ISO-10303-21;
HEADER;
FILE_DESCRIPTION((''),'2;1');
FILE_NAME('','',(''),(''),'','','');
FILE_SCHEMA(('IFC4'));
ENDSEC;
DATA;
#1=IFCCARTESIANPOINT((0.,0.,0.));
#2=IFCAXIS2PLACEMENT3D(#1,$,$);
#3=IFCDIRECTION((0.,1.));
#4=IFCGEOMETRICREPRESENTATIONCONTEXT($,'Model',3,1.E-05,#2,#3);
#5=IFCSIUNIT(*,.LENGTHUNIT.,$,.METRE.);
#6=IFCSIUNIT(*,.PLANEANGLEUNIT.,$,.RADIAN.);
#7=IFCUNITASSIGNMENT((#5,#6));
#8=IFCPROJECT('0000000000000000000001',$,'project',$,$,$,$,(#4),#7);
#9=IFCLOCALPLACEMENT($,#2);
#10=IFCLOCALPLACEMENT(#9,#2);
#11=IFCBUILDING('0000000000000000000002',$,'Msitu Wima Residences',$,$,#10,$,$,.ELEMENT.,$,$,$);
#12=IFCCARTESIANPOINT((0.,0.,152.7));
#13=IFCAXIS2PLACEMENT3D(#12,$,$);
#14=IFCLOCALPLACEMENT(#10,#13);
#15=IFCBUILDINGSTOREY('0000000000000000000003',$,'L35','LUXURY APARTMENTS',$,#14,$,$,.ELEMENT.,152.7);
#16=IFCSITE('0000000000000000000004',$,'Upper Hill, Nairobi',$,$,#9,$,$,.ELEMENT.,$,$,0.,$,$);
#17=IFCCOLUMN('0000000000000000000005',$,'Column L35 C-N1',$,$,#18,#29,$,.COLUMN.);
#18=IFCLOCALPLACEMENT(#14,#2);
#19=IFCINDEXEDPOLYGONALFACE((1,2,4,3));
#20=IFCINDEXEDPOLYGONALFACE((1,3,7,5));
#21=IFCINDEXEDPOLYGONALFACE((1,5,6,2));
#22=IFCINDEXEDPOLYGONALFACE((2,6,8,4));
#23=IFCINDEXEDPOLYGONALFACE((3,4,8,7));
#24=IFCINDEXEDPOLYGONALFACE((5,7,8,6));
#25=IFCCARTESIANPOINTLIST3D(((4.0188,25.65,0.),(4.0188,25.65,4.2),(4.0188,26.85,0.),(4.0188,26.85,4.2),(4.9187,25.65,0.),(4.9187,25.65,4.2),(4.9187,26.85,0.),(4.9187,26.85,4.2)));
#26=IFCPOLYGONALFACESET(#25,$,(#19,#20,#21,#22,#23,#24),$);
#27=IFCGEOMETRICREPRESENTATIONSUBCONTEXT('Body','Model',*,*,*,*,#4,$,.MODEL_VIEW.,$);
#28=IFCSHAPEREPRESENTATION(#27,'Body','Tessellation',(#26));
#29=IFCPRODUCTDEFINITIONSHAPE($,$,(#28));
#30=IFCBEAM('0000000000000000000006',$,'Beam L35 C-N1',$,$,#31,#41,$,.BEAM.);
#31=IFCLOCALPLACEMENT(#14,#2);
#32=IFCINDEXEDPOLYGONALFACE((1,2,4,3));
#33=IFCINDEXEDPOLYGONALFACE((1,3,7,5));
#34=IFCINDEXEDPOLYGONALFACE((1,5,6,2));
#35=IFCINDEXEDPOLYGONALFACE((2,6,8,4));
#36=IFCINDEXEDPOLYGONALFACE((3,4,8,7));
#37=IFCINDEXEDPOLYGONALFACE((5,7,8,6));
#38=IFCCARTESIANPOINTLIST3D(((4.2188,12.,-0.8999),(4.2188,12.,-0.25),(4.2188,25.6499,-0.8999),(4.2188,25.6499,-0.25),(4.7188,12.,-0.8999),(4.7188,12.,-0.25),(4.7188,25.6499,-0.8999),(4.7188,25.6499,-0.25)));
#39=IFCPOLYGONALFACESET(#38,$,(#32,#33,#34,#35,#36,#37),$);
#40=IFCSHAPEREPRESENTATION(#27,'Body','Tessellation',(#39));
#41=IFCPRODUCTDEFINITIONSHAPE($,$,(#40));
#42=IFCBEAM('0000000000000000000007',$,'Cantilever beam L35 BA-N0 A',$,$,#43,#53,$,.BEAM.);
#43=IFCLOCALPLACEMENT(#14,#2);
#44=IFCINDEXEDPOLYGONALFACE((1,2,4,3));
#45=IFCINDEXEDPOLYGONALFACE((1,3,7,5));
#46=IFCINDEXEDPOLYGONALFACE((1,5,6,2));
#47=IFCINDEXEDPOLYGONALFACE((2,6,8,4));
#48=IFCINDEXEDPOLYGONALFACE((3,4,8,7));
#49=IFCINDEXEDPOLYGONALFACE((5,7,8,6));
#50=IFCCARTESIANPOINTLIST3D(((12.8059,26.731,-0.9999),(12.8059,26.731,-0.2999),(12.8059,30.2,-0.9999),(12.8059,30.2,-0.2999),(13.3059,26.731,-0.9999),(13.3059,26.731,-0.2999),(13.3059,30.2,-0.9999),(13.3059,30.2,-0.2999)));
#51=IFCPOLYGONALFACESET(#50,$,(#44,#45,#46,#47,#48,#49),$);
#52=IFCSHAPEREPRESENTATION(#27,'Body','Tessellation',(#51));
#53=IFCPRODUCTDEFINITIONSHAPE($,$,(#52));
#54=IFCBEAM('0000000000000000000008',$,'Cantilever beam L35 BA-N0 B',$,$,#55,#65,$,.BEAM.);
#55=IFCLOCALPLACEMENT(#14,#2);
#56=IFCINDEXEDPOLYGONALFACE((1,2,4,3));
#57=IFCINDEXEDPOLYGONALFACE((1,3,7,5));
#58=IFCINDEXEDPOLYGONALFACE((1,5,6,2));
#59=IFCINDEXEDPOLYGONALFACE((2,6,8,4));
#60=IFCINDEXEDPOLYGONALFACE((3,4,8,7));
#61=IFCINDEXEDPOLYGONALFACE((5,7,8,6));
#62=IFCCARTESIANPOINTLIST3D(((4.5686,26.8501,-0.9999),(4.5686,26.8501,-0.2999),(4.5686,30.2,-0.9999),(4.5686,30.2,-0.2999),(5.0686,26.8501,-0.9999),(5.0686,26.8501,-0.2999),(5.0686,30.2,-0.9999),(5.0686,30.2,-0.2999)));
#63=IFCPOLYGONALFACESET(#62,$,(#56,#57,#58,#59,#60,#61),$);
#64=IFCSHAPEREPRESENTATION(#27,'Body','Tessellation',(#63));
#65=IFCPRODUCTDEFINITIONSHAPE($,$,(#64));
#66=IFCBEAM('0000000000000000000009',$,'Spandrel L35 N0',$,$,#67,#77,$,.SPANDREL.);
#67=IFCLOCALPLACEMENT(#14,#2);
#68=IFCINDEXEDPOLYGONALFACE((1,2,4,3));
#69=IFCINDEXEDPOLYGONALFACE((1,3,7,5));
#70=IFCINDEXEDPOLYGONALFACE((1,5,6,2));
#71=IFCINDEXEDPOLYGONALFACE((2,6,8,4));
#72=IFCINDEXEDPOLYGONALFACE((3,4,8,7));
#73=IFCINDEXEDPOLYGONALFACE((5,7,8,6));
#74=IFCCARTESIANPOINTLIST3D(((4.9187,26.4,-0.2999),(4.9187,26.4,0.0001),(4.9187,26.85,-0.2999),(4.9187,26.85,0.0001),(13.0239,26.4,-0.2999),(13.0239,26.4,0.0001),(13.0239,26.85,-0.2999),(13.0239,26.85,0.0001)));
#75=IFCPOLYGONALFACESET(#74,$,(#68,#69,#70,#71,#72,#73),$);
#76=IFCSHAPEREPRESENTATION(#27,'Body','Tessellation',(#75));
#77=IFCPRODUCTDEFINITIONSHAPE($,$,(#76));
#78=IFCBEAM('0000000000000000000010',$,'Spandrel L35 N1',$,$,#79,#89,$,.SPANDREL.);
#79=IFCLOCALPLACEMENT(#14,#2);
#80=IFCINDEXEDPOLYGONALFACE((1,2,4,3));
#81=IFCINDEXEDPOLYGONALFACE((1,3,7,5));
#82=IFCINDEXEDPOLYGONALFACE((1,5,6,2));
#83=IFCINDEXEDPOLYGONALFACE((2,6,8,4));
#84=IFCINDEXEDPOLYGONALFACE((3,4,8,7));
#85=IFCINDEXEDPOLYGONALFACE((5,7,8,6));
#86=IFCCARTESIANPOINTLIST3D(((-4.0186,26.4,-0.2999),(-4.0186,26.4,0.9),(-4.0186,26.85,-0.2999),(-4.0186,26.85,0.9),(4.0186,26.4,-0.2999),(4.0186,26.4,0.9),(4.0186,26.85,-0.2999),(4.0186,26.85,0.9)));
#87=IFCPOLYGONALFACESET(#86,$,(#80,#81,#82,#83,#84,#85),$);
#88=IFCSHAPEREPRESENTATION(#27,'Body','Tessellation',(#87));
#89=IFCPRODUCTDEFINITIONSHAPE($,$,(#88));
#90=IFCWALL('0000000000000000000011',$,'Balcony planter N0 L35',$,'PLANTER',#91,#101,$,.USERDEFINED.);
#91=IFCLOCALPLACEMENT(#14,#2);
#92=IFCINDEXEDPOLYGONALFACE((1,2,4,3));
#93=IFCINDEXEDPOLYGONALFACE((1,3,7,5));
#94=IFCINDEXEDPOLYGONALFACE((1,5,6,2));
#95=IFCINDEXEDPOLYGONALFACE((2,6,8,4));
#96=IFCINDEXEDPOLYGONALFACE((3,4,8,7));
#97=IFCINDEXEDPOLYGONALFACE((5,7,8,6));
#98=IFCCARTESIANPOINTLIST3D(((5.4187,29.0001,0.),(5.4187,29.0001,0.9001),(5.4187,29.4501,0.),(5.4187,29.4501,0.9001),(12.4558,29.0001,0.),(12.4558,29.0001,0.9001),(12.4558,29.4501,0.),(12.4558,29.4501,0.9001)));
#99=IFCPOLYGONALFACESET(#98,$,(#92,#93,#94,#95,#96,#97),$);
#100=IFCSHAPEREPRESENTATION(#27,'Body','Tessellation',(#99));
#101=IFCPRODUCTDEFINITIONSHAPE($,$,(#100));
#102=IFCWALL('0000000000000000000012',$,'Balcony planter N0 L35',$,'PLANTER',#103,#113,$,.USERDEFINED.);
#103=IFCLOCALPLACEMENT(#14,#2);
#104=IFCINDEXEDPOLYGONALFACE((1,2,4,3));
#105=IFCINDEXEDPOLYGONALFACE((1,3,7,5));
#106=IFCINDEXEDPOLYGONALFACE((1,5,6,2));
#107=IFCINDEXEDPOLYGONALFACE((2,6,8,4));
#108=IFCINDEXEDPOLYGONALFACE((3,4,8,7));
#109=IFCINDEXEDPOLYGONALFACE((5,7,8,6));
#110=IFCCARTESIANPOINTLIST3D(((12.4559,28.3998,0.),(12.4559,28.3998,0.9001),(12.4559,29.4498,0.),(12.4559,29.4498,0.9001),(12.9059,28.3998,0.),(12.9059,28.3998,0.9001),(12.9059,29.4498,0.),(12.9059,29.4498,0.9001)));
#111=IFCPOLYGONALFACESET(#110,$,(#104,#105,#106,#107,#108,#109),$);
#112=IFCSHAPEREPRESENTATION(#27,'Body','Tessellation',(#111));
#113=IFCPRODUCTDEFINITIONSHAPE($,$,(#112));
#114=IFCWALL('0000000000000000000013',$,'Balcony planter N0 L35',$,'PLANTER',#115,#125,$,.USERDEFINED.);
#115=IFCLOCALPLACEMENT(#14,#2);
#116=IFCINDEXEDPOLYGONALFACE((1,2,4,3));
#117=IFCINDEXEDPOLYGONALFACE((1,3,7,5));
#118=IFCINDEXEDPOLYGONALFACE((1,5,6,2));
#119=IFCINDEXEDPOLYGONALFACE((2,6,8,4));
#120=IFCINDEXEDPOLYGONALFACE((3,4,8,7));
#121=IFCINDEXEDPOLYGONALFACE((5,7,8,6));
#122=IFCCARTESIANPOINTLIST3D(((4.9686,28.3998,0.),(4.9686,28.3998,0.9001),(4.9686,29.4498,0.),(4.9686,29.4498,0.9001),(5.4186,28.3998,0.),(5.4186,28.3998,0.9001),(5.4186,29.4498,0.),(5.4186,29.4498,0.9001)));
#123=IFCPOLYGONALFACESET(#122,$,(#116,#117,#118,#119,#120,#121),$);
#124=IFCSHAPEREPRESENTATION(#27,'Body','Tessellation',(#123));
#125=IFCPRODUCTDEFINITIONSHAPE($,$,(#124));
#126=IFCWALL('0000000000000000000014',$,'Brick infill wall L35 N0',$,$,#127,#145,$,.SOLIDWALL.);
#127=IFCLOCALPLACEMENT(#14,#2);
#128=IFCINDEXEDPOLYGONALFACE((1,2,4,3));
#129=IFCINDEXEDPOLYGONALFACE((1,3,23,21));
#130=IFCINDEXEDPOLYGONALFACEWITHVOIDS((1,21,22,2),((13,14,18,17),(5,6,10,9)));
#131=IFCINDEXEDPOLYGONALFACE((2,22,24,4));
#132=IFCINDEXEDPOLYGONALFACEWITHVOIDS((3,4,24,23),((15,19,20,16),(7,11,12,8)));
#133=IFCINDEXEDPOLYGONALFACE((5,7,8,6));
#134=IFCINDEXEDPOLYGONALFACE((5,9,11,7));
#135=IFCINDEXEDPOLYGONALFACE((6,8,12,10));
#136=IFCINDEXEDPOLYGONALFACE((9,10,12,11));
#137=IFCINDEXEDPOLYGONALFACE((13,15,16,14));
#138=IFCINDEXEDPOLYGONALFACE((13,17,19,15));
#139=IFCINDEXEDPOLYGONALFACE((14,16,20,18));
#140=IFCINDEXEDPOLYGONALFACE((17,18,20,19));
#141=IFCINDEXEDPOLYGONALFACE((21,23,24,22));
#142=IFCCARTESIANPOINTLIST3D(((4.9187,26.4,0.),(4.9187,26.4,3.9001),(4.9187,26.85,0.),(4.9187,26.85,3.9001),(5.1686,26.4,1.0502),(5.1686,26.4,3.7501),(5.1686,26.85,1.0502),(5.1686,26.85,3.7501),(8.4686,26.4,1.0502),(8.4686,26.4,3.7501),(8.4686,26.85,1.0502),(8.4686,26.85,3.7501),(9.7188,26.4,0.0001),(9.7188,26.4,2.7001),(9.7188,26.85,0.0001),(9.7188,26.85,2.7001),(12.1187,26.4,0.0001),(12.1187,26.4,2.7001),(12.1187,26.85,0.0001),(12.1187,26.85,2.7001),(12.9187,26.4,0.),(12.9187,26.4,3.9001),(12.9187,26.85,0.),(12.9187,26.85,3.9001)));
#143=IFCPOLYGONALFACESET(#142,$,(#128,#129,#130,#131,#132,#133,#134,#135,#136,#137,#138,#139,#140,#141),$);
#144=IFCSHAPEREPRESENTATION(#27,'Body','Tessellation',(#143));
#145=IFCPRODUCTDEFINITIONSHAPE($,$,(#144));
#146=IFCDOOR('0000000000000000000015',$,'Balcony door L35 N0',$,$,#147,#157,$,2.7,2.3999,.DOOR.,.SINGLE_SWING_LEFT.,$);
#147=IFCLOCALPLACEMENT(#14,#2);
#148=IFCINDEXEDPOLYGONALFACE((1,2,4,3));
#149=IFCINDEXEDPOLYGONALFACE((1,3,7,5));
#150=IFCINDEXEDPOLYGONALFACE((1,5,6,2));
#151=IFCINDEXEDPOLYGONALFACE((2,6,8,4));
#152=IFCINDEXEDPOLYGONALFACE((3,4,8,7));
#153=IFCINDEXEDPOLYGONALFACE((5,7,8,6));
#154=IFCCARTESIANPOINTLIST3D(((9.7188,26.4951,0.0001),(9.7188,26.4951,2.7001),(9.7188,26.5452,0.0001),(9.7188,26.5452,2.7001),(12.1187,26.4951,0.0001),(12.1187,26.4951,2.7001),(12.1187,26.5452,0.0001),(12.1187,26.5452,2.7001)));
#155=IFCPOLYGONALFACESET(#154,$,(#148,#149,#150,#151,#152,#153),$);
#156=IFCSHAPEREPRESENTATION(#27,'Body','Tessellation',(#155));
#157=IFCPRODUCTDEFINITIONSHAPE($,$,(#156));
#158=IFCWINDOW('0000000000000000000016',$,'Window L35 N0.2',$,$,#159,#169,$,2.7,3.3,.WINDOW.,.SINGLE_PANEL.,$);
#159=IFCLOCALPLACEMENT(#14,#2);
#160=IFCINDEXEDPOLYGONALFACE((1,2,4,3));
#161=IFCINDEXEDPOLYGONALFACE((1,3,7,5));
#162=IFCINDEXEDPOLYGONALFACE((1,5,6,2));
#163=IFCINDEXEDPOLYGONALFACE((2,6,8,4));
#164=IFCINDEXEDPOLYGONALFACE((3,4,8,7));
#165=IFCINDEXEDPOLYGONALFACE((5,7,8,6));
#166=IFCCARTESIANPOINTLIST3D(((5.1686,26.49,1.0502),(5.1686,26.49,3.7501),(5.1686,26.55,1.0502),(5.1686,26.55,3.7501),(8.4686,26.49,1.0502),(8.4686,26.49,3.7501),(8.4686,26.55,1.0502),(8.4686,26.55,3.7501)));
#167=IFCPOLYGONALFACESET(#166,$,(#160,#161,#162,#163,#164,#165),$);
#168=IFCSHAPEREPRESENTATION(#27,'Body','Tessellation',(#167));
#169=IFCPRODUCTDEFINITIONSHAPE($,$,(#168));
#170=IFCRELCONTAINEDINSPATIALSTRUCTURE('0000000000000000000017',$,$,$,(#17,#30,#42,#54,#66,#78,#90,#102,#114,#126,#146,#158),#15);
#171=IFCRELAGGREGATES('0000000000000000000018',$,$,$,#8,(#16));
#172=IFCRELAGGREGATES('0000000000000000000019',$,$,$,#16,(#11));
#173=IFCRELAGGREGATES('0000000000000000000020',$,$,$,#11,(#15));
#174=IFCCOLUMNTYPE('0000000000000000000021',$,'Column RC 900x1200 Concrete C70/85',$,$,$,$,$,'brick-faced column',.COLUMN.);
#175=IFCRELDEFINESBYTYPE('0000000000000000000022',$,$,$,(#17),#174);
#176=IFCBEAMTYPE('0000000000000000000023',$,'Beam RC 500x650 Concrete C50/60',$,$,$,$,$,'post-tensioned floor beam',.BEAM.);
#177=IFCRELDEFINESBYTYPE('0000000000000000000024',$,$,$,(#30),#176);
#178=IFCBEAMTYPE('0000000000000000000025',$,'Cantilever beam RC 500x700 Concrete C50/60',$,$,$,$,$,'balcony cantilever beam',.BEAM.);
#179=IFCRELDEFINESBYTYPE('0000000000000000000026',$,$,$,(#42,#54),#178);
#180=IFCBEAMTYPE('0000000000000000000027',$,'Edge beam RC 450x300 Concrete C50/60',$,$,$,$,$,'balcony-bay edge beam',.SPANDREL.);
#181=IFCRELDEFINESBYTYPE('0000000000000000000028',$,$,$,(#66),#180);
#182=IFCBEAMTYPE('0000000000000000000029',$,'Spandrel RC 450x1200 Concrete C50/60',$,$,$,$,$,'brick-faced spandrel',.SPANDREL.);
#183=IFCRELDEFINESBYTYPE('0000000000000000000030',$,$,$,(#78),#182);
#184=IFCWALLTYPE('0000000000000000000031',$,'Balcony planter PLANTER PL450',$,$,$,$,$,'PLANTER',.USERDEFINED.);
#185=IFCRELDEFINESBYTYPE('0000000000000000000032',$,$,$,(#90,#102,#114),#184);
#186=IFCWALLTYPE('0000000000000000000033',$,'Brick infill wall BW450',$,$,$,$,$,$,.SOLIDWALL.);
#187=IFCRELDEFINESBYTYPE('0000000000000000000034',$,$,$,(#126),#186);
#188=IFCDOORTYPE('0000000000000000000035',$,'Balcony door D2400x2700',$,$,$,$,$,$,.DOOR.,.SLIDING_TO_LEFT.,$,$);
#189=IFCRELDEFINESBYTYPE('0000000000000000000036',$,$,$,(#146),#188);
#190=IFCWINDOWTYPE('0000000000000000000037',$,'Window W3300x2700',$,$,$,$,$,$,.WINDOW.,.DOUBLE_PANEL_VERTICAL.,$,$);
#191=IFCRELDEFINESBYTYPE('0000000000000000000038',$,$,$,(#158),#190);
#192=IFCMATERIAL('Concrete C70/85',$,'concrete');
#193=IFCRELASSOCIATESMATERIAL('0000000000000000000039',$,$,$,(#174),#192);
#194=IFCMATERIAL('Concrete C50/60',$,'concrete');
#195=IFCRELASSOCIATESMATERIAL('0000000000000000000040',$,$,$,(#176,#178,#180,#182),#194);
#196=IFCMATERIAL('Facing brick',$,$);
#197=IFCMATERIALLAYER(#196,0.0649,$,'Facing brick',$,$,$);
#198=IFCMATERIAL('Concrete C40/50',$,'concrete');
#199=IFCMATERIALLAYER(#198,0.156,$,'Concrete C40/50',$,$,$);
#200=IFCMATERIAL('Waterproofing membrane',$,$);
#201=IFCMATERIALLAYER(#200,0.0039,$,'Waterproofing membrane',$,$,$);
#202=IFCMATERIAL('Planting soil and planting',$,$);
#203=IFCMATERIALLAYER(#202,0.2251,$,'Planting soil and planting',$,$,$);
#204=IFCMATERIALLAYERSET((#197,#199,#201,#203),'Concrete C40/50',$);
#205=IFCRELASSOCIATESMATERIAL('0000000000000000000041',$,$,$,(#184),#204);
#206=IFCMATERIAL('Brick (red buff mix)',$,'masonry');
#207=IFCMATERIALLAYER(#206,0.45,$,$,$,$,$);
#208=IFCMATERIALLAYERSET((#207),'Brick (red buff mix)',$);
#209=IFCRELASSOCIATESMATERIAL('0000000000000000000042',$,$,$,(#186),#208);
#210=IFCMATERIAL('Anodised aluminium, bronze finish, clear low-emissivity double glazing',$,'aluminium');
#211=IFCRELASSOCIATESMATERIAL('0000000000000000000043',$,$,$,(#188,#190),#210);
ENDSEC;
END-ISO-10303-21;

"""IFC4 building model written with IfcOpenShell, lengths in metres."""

from ifc_helpers import new_model, si_unit, direction, frame, frame_2d, origin, origin_2d, place, context, subcontext, project, spatial, rectangle, extrude, material, layer, layer_set, material_profile, profile_set, type_object, element, fill, save


model = new_model("IFC4")

# Units and contexts
model_context = context("Model", 3, precision=1e-05, world=origin(), true_north=direction((0.0, 1.0)))
body_context = subcontext(model_context, "Body", "Model", "MODEL_VIEW")
ifc_project = project(units=[si_unit("LENGTHUNIT", "METRE"), si_unit("PLANEANGLEUNIT", "RADIAN")], contexts=[model_context])

# Site, building, storey
site_placement = place(None, origin())
site = spatial("IfcSite", under=ifc_project, at=site_placement, Name="Upper Hill, Nairobi", CompositionType="ELEMENT", RefElevation=0.0)
building_placement = place(site_placement, origin())
building = spatial("IfcBuilding", under=site, at=building_placement, Name="Msitu Wima Residences", CompositionType="ELEMENT")
storey_placement = place(building_placement, frame((0.0, 0.0, 152.7)))
storey = spatial("IfcBuildingStorey", under=building, at=storey_placement, Name="L35", Description="LUXURY APARTMENTS", CompositionType="ELEMENT", Elevation=152.7)

# Column
ifc_material_1 = material(Name="Concrete C70/85", Category="concrete")
ifc_material_profile_1 = material_profile(ifc_material_1, rectangle(XDim=0.8999, YDim=1.2, at=origin_2d()), Name="RC 900x1200")
ifc_profile_set_1 = profile_set([ifc_material_profile_1], Name="Concrete C70/85")
column_type = type_object("IfcColumnType", Name="Column RC 900x1200 Concrete C70/85", ElementType="brick-faced column", PredefinedType="COLUMN", material=ifc_profile_set_1)
column_placement = place(storey_placement, frame((4.4688, 26.25, 0.0), z_axis=(0.0, 0.0, 1.0), x_axis=(-1.0, 0.0, 0.0)))
element("IfcColumn", 1, at=column_placement, inside=storey, type_object=column_type, Name="Column L35 C-N1", PredefinedType="COLUMN", context=body_context, shape_type="SweptSolid", body=[
    extrude(rectangle(XDim=0.8999, YDim=1.2, at=origin_2d()), origin(), (0.0, 0.0, 1.0), 4.2),
])

# Beams
ifc_material_2 = material(Name="Concrete C50/60", Category="concrete")
ifc_material_profile_2 = material_profile(ifc_material_2, rectangle(XDim=0.5, YDim=0.6499, at=origin_2d()), Name="RC 500x650")
ifc_profile_set_2 = profile_set([ifc_material_profile_2], Name="Concrete C50/60")
beam_type_1 = type_object("IfcBeamType", Name="Beam RC 500x650 Concrete C50/60", ElementType="post-tensioned floor beam", PredefinedType="BEAM", material=ifc_profile_set_2)
beam_1_placement = place(storey_placement, frame((4.4688, 25.6499, -0.575), z_axis=(0.0, -1.0, 0.0), x_axis=(1.0, 0.0, 0.0)))
element("IfcBeam", 2, at=beam_1_placement, inside=storey, type_object=beam_type_1, Name="Beam L35 C-N1", PredefinedType="BEAM", context=body_context, shape_type="SweptSolid", body=[
    extrude(rectangle(XDim=0.5, YDim=0.6499, at=origin_2d()), origin(), (0.0, 0.0, 1.0), 13.6499),
])
ifc_material_profile_3 = material_profile(ifc_material_2, rectangle(XDim=0.5, YDim=0.7, at=origin_2d()), Name="RC 500x700")
ifc_profile_set_3 = profile_set([ifc_material_profile_3], Name="Concrete C50/60")
beam_type_2 = type_object("IfcBeamType", Name="Cantilever beam RC 500x700 Concrete C50/60", ElementType="balcony cantilever beam", PredefinedType="BEAM", material=ifc_profile_set_3)
beam_2_placement = place(storey_placement, frame((13.0559, 26.731, -0.6499), z_axis=(0.0, 1.0, 0.0), x_axis=(-1.0, 0.0, 0.0)))
element("IfcBeam", 3, at=beam_2_placement, inside=storey, type_object=beam_type_2, Name="Cantilever beam L35 BA-N0 A", PredefinedType="BEAM", context=body_context, shape_type="SweptSolid", body=[
    extrude(rectangle(XDim=0.5, YDim=0.7, at=origin_2d()), origin(), (0.0, 0.0, 1.0), 3.469),
])
beam_3_placement = place(storey_placement, frame((4.8186, 26.8501, -0.6499), z_axis=(0.0, 1.0, 0.0), x_axis=(-1.0, 0.0, 0.0)))
element("IfcBeam", 4, at=beam_3_placement, inside=storey, type_object=beam_type_2, Name="Cantilever beam L35 BA-N0 B", PredefinedType="BEAM", context=body_context, shape_type="SweptSolid", body=[
    extrude(rectangle(XDim=0.5, YDim=0.7, at=origin_2d()), origin(), (0.0, 0.0, 1.0), 3.3499),
])
ifc_material_profile_4 = material_profile(ifc_material_2, rectangle(XDim=0.45, YDim=0.3, at=origin_2d()), Name="RC 450x300")
ifc_profile_set_4 = profile_set([ifc_material_profile_4], Name="Concrete C50/60")
beam_type_3 = type_object("IfcBeamType", Name="Edge beam RC 450x300 Concrete C50/60", ElementType="balcony-bay edge beam", PredefinedType="SPANDREL", material=ifc_profile_set_4)
beam_4_placement = place(storey_placement, frame((13.0239, 26.625, -0.1499), z_axis=(-1.0, 0.0, 0.0), x_axis=(0.0, -1.0, 0.0)))
element("IfcBeam", 5, at=beam_4_placement, inside=storey, type_object=beam_type_3, Name="Spandrel L35 N0", PredefinedType="SPANDREL", context=body_context, shape_type="SweptSolid", body=[
    extrude(rectangle(XDim=0.45, YDim=0.3, at=origin_2d()), origin(), (0.0, 0.0, 1.0), 8.1052),
])
ifc_material_profile_5 = material_profile(ifc_material_2, rectangle(XDim=0.45, YDim=1.2, at=origin_2d()), Name="RC 450x1200")
ifc_profile_set_5 = profile_set([ifc_material_profile_5], Name="Concrete C50/60")
beam_type_4 = type_object("IfcBeamType", Name="Spandrel RC 450x1200 Concrete C50/60", ElementType="brick-faced spandrel", PredefinedType="SPANDREL", material=ifc_profile_set_5)
beam_5_placement = place(storey_placement, frame((4.0186, 26.625, 0.3), z_axis=(-1.0, 0.0, 0.0), x_axis=(0.0, -1.0, 0.0)))
element("IfcBeam", 6, at=beam_5_placement, inside=storey, type_object=beam_type_4, Name="Spandrel L35 N1", PredefinedType="SPANDREL", context=body_context, shape_type="SweptSolid", body=[
    extrude(rectangle(XDim=0.45, YDim=1.2, at=origin_2d()), origin(), (0.0, 0.0, 1.0), 8.0371),
])

# Walls
ifc_material_3 = material(Name="Facing brick")
ifc_layer_1 = layer(ifc_material_3, 0.0649, Name="Facing brick")
ifc_material_4 = material(Name="Concrete C40/50", Category="concrete")
ifc_layer_2 = layer(ifc_material_4, 0.156, Name="Concrete C40/50")
ifc_material_5 = material(Name="Waterproofing membrane")
ifc_layer_3 = layer(ifc_material_5, 0.0039, Name="Waterproofing membrane")
ifc_material_6 = material(Name="Planting soil and planting")
ifc_layer_4 = layer(ifc_material_6, 0.2251, Name="Planting soil and planting")
ifc_layer_set_1 = layer_set([ifc_layer_1, ifc_layer_2, ifc_layer_3, ifc_layer_4], Name="Concrete C40/50")
wall_type_1 = type_object("IfcWallType", Name="Balcony planter PLANTER PL450", ElementType="PLANTER", PredefinedType="USERDEFINED", material=ifc_layer_set_1)
wall_1_placement = place(storey_placement, frame((12.4558, 29.2251, 0.0), z_axis=(0.0, 0.0, 1.0), x_axis=(-1.0, 0.0, 0.0)))
element("IfcWall", 7, at=wall_1_placement, inside=storey, type_object=wall_type_1, Name="Balcony planter N0 L35", ObjectType="PLANTER", PredefinedType="USERDEFINED", context=body_context, shape_type="SweptSolid", body=[
    extrude(rectangle(XDim=7.0371, YDim=0.45, at=frame_2d((3.5186, 0.0))), origin(), (0.0, 0.0, 1.0), 0.9001),
])
for number, where, z_axis, x_axis, name in (
    (8, (12.6809, 28.3999, 0.0), (0.0, 0.0, 1.0), (0.0, 1.0, 0.0), "Balcony planter N0 L35"),
    (9, (5.1936, 28.3999, 0.0), (0.0, 0.0, 1.0), (0.0, 1.0, 0.0), "Balcony planter N0 L35"),
):
    element("IfcWall", number, at=place(storey_placement, frame(where, z_axis=z_axis, x_axis=x_axis)), inside=storey, type_object=wall_type_1, Name=name, ObjectType="PLANTER", PredefinedType="USERDEFINED", context=body_context, shape_type="SweptSolid", body=[
        extrude(rectangle(XDim=1.05, YDim=0.45, at=frame_2d((0.5249, 0.0))), origin(), (0.0, 0.0, 1.0), 0.9001),
    ])

# Wall, openings, door, window
ifc_material_7 = material(Name="Brick (red buff mix)", Category="masonry")
ifc_layer_5 = layer(ifc_material_7, 0.45)
ifc_layer_set_2 = layer_set([ifc_layer_5], Name="Brick (red buff mix)")
wall_type_2 = type_object("IfcWallType", Name="Brick infill wall BW450", PredefinedType="SOLIDWALL", material=ifc_layer_set_2)
wall_2_placement = place(storey_placement, frame((12.9187, 26.625, 0.0), z_axis=(0.0, 0.0, 1.0), x_axis=(-1.0, 0.0, 0.0)))
wall_2 = element("IfcWall", 10, at=wall_2_placement, inside=storey, type_object=wall_type_2, Name="Brick infill wall L35 N0", PredefinedType="SOLIDWALL", context=body_context, shape_type="SweptSolid", body=[
    extrude(rectangle(XDim=8.0, YDim=0.45, at=frame_2d((4.0, 0.0))), origin(), (0.0, 0.0, 1.0), 3.9001),
])
opening_1_placement = place(wall_2_placement, frame((0.8, 0.0, 0.0)))
opening_1 = element("IfcOpeningElement", 11, at=opening_1_placement, cuts=wall_2, PredefinedType="OPENING", context=body_context, shape_type="SweptSolid", body=[
    extrude(rectangle(XDim=2.3999, YDim=2.7, at=frame_2d((1.2, 1.3501))), frame((0.0, 0.2349, 0.0), z_axis=(0.0, -1.0, 0.0), x_axis=(1.0, 0.0, 0.0)), (0.0, 0.0, 1.0), 0.47),
])
opening_2_placement = place(wall_2_placement, frame((4.4502, 0.0, 1.05)))
opening_2 = element("IfcOpeningElement", 12, at=opening_2_placement, cuts=wall_2, PredefinedType="OPENING", context=body_context, shape_type="SweptSolid", body=[
    extrude(rectangle(XDim=3.3, YDim=2.7, at=frame_2d((1.6499, 1.3501))), frame((0.0, 0.2349, 0.0), z_axis=(0.0, -1.0, 0.0), x_axis=(1.0, 0.0, 0.0)), (0.0, 0.0, 1.0), 0.47),
])
ifc_material_8 = material(Name="Anodised aluminium, bronze finish, clear low-emissivity double glazing", Category="aluminium")
door_type_1 = type_object("IfcDoorType", Name="Balcony door D2400x2700", OperationType="SLIDING_TO_LEFT", PredefinedType="DOOR", material=ifc_material_8)
door_1_placement = place(opening_1_placement, origin())
door_1 = element("IfcDoor", 13, at=door_1_placement, inside=storey, type_object=door_type_1, Name="Balcony door L35 N0", OperationType="SINGLE_SWING_LEFT", OverallHeight=2.7, OverallWidth=2.3999, PredefinedType="DOOR", context=body_context, shape_type="SweptSolid", body=[
    extrude(rectangle(XDim=2.3999, YDim=2.7, at=frame_2d((1.2, 1.3501))), frame((0.0, 0.1299, 0.0), z_axis=(0.0, -1.0, 0.0), x_axis=(1.0, 0.0, 0.0)), (0.0, 0.0, 1.0), 0.05),
])
fill(opening_1, door_1)
window_type = type_object("IfcWindowType", Name="Window W3300x2700", PartitioningType="DOUBLE_PANEL_VERTICAL", PredefinedType="WINDOW", material=ifc_material_8)
window_1_placement = place(opening_2_placement, origin())
window_1 = element("IfcWindow", 14, at=window_1_placement, inside=storey, type_object=window_type, Name="Window L35 N0.2", OverallHeight=2.7, OverallWidth=3.3, PartitioningType="SINGLE_PANEL", PredefinedType="WINDOW", context=body_context, shape_type="SweptSolid", body=[
    extrude(rectangle(XDim=3.3, YDim=2.7, at=frame_2d((1.6499, 1.3501))), frame((0.0, 0.135, 0.0), z_axis=(0.0, -1.0, 0.0), x_axis=(1.0, 0.0, 0.0)), (0.0, 0.0, 1.0), 0.0601),
])
fill(opening_2, window_1)

save(model, "model.ifc")
